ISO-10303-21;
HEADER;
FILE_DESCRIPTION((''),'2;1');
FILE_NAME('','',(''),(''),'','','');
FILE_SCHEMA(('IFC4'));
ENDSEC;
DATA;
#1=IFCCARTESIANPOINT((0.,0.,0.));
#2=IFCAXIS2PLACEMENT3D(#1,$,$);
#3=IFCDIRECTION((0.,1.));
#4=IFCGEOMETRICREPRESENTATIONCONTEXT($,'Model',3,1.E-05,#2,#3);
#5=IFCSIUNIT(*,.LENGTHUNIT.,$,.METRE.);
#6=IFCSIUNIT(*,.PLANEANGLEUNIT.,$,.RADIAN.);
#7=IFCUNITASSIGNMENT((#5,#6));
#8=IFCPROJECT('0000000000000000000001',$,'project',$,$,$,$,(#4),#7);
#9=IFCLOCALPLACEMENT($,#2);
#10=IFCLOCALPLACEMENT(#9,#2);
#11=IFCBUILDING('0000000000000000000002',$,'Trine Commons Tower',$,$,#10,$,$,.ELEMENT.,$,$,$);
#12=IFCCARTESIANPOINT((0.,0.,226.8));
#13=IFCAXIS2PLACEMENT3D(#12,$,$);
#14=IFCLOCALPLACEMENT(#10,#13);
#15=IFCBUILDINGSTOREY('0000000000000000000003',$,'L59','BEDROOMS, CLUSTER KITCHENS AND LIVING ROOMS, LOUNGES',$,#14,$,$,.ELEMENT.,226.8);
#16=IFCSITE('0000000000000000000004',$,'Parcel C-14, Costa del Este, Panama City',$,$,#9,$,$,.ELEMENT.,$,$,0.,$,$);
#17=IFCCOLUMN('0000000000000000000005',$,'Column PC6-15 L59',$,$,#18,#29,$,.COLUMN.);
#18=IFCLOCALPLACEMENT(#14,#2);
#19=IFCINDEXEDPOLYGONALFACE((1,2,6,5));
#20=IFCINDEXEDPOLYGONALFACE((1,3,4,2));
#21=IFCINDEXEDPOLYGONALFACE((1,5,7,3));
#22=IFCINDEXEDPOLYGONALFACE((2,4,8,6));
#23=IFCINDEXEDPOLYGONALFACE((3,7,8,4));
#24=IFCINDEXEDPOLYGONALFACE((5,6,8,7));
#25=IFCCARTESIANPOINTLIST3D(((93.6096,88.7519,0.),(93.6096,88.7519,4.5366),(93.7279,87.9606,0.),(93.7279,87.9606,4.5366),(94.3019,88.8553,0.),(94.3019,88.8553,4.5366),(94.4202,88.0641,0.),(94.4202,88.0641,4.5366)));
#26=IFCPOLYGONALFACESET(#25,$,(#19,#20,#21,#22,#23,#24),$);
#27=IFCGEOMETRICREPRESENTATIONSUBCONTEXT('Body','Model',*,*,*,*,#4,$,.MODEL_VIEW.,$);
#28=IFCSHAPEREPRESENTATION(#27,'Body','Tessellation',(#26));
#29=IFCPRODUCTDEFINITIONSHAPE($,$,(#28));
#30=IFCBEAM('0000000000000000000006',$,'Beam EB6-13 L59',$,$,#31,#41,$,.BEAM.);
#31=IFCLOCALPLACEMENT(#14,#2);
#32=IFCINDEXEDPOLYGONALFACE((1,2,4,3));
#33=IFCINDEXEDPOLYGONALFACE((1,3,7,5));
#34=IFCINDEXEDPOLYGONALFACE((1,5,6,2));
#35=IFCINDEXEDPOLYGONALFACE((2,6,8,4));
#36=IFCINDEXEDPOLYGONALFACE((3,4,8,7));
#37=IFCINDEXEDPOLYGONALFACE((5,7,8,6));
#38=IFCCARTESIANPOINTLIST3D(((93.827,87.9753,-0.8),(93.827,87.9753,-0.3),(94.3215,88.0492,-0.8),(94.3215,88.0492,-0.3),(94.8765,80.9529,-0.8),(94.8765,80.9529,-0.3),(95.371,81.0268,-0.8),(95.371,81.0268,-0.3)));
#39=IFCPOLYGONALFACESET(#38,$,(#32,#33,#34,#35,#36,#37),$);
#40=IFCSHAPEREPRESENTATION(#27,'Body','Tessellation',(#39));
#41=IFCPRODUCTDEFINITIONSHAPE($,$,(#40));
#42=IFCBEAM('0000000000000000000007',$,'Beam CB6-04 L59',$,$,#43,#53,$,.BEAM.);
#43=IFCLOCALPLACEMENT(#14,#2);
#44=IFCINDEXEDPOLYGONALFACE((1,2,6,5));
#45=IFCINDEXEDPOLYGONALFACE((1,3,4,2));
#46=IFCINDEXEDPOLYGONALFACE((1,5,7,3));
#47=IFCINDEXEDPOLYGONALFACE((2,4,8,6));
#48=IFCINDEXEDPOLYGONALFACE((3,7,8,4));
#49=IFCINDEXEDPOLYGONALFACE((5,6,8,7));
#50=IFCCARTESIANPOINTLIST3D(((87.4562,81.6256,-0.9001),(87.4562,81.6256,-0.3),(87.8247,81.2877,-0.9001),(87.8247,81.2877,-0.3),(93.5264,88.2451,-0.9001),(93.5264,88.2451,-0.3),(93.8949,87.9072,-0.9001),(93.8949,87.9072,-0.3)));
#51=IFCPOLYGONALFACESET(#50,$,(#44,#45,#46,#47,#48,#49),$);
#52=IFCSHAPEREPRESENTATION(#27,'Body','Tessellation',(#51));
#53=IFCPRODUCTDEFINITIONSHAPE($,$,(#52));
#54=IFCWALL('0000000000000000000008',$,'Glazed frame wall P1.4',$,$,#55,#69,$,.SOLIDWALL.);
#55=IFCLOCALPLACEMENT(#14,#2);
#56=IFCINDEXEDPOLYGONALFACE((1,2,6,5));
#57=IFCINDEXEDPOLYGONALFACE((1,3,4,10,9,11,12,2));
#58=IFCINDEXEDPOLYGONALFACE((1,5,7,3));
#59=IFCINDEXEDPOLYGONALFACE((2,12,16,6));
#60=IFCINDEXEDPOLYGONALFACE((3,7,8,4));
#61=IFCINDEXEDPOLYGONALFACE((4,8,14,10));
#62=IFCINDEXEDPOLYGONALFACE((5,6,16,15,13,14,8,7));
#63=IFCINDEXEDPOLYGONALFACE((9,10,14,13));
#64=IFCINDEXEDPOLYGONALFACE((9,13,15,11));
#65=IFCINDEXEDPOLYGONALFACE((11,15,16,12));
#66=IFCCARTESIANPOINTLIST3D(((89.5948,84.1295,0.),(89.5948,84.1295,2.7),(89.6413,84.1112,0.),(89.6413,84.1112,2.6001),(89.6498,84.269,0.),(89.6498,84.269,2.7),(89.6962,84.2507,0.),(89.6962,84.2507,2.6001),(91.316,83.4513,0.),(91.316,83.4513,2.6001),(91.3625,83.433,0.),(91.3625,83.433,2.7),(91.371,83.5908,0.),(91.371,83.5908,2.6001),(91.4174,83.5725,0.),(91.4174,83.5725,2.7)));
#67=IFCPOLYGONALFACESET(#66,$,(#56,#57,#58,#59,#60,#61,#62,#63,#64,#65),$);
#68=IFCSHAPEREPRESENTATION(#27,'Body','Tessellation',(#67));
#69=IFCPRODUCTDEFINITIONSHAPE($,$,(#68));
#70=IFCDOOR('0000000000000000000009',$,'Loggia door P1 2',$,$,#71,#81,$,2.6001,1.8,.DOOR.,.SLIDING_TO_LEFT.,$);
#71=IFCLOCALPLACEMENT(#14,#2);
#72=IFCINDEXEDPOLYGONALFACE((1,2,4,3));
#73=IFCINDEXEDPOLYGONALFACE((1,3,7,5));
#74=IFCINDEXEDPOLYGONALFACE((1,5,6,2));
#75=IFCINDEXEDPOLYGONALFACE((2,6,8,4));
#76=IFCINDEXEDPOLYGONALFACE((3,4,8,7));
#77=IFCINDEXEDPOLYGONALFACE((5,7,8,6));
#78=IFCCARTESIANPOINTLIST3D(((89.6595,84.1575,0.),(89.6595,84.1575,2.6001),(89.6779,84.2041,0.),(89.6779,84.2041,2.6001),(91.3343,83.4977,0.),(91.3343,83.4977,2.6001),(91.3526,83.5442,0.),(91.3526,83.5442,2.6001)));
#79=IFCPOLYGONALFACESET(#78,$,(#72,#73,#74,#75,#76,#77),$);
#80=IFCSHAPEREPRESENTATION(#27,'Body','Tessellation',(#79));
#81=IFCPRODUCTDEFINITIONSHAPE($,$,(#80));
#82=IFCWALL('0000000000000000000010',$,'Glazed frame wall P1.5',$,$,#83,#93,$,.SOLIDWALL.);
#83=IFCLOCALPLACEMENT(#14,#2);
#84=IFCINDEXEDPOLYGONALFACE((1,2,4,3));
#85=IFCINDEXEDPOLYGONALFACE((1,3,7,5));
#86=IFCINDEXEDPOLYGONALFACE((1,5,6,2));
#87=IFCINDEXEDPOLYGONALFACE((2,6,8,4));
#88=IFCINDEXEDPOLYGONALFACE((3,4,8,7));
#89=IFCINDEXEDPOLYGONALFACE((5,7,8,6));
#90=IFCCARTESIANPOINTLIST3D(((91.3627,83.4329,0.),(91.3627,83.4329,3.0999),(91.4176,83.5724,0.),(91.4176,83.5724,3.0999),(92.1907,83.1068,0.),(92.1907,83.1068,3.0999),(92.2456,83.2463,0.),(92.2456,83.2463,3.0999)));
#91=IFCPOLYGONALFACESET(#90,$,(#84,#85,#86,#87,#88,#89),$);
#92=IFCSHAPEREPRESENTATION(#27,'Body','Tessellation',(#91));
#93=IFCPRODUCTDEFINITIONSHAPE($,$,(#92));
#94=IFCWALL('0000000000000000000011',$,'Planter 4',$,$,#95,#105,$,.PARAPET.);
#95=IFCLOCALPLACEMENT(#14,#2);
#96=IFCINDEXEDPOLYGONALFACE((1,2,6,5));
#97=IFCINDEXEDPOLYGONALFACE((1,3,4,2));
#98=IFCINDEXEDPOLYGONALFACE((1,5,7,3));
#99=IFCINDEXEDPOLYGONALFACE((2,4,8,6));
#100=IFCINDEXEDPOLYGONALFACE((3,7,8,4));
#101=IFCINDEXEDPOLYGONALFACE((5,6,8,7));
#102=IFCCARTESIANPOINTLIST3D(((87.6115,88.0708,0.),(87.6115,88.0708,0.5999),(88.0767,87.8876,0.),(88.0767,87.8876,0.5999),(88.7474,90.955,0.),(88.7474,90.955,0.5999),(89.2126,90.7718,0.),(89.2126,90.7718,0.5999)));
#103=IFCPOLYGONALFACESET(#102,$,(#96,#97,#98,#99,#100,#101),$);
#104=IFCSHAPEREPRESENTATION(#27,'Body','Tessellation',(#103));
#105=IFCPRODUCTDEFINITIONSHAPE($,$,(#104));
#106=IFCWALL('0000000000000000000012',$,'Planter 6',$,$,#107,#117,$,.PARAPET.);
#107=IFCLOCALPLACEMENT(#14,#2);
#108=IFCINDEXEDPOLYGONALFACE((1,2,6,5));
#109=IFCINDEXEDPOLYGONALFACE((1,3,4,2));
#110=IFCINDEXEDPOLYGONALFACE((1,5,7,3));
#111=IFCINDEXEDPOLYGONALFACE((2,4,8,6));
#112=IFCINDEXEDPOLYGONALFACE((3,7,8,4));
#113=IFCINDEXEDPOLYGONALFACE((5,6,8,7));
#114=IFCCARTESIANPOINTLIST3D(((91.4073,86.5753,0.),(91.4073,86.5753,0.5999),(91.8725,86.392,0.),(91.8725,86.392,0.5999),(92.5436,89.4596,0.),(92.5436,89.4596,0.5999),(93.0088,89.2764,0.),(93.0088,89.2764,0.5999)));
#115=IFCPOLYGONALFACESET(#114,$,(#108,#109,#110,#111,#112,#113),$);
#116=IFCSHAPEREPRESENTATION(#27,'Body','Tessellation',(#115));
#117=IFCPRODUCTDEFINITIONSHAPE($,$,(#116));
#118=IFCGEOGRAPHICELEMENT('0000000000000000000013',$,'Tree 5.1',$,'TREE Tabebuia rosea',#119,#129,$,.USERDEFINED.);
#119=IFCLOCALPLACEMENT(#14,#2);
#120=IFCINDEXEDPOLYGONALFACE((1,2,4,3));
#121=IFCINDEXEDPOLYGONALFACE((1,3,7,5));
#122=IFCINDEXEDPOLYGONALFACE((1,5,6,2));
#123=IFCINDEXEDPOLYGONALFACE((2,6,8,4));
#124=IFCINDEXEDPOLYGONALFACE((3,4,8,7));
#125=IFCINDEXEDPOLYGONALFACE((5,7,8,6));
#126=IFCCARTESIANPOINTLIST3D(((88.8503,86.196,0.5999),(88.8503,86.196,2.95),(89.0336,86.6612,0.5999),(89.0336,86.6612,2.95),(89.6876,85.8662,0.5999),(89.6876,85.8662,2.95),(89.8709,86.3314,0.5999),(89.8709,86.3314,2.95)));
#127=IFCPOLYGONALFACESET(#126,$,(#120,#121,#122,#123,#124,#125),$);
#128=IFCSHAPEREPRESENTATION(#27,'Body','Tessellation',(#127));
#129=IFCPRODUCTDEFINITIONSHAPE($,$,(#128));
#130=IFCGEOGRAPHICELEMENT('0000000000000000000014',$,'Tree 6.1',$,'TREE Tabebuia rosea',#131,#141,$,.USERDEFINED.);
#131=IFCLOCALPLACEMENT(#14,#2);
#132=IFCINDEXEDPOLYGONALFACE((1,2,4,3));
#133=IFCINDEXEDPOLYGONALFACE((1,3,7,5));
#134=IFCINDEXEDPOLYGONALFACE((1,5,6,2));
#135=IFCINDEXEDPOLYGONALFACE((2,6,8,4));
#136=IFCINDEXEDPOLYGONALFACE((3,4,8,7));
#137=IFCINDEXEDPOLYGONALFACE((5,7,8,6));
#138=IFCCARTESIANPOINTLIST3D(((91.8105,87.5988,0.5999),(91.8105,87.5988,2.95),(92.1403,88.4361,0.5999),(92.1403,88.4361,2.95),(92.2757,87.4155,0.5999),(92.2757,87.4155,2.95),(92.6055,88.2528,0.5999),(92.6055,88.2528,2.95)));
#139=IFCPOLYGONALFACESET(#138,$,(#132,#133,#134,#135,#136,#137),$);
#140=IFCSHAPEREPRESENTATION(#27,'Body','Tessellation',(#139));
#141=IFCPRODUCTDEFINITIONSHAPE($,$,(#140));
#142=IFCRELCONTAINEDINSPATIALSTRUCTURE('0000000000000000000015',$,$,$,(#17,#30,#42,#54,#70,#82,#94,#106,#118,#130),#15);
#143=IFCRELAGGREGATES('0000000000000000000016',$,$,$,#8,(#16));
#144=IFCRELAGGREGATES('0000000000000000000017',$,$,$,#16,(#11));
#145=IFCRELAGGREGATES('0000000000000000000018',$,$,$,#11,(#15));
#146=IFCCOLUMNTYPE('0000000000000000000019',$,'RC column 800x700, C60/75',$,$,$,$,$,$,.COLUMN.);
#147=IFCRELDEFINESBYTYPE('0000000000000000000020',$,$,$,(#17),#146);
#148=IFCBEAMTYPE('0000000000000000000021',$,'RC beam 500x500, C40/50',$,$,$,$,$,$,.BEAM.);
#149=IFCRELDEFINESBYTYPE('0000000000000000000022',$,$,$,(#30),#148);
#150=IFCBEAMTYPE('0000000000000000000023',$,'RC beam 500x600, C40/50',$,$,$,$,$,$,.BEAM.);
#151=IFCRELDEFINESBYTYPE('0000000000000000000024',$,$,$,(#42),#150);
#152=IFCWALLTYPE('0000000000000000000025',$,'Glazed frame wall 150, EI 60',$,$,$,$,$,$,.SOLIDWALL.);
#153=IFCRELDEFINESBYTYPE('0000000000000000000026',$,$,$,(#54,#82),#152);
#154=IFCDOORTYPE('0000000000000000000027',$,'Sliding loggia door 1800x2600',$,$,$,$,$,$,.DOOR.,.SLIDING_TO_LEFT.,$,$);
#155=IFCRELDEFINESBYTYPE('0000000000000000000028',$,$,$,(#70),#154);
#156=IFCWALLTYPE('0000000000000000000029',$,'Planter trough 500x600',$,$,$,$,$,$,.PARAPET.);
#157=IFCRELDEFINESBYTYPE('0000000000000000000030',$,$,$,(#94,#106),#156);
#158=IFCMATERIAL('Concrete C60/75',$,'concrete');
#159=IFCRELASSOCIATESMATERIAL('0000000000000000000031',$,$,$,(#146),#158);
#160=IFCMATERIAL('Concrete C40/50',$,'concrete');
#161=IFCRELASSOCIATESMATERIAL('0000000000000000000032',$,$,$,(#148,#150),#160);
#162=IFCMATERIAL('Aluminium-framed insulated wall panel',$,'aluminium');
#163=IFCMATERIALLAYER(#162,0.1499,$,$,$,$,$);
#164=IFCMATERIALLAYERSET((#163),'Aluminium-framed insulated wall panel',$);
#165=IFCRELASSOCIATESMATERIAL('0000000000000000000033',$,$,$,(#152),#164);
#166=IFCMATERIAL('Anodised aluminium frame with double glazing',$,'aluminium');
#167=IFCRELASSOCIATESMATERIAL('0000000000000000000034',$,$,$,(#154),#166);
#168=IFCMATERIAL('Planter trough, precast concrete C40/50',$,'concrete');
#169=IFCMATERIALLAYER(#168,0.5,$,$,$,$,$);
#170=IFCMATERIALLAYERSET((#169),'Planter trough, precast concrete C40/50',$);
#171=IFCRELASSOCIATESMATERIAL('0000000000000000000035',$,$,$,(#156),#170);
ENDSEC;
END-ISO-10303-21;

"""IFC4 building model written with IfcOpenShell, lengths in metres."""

from ifc_helpers import new_model, si_unit, direction, frame, frame_2d, origin, origin_2d, place, context, subcontext, project, spatial, polyline, rectangle, outline, extrude, material, layer, layer_set, material_profile, profile_set, type_object, element, fill, save


model = new_model("IFC4")

# Units and contexts
model_context = context("Model", 3, precision=1e-05, world=origin(), true_north=direction((0.0, 1.0)))
body_context = subcontext(model_context, "Body", "Model", "MODEL_VIEW")
ifc_project = project(units=[si_unit("LENGTHUNIT", "METRE"), si_unit("PLANEANGLEUNIT", "RADIAN")], contexts=[model_context])

# Site, building, storey
site_placement = place(None, origin())
site = spatial("IfcSite", under=ifc_project, at=site_placement, Name="Parcel C-14, Costa del Este, Panama City", CompositionType="ELEMENT", RefElevation=0.0)
building_placement = place(site_placement, origin())
building = spatial("IfcBuilding", under=site, at=building_placement, Name="Trine Commons Tower", CompositionType="ELEMENT")
storey_placement = place(building_placement, frame((0.0, 0.0, 226.8)))
storey = spatial("IfcBuildingStorey", under=building, at=storey_placement, Name="L59", Description="BEDROOMS, CLUSTER KITCHENS AND LIVING ROOMS, LOUNGES", CompositionType="ELEMENT", Elevation=226.8)

# Column
ifc_material_1 = material(Name="Concrete C60/75", Category="concrete")
ifc_material_profile_1 = material_profile(ifc_material_1, rectangle(XDim=0.8, YDim=0.7, at=origin_2d()), Name="RC 800x700")
ifc_profile_set_1 = profile_set([ifc_material_profile_1], Name="Concrete C60/75")
column_type = type_object("IfcColumnType", Name="RC column 800x700, C60/75", PredefinedType="COLUMN", material=ifc_profile_set_1)
column_placement = place(storey_placement, frame((94.0149, 88.408, 0.0), z_axis=(0.0, 0.0, 1.0), x_axis=(-0.147809, 0.989016, 0.0)))
element("IfcColumn", 1, at=column_placement, inside=storey, type_object=column_type, Name="Column PC6-15 L59", PredefinedType="COLUMN", context=body_context, shape_type="SweptSolid", body=[
    extrude(rectangle(XDim=0.8, YDim=0.7, at=origin_2d()), origin(), (0.0, 0.0, 1.0), 4.5366),
])

# Beams
ifc_material_2 = material(Name="Concrete C40/50", Category="concrete")
ifc_material_profile_2 = material_profile(ifc_material_2, rectangle(XDim=0.5, YDim=0.5, at=origin_2d()), Name="RC 500x500")
ifc_profile_set_2 = profile_set([ifc_material_profile_2], Name="Concrete C40/50")
beam_type_1 = type_object("IfcBeamType", Name="RC beam 500x500, C40/50", PredefinedType="BEAM", material=ifc_profile_set_2)
beam_1_placement = place(storey_placement, frame((94.0742, 88.0122, -0.55), z_axis=(0.147816, -0.989015, 0.0), x_axis=(0.989015, 0.147816, 0.0)))
element("IfcBeam", 2, at=beam_1_placement, inside=storey, type_object=beam_type_1, Name="Beam EB6-13 L59", PredefinedType="BEAM", context=body_context, shape_type="SweptSolid", body=[
    extrude(rectangle(XDim=0.5, YDim=0.5, at=origin_2d()), origin(), (0.0, 0.0, 1.0), 7.1003),
])
ifc_material_profile_3 = material_profile(ifc_material_2, rectangle(XDim=0.5, YDim=0.6001, at=origin_2d()), Name="RC 500x600")
ifc_profile_set_3 = profile_set([ifc_material_profile_3], Name="Concrete C40/50")
beam_type_2 = type_object("IfcBeamType", Name="RC beam 500x600, C40/50", PredefinedType="BEAM", material=ifc_profile_set_3)
beam_2_placement = place(storey_placement, frame((93.7107, 88.0762, -0.6001), z_axis=(-0.675865, -0.737025, 0.0), x_axis=(0.737025, -0.675865, 0.0)))
element("IfcBeam", 3, at=beam_2_placement, inside=storey, type_object=beam_type_2, Name="Beam CB6-04 L59", PredefinedType="BEAM", context=body_context, shape_type="SweptSolid", body=[
    extrude(rectangle(XDim=0.5, YDim=0.6001, at=origin_2d()), origin(), (0.0, 0.0, 1.0), 8.9814),
])

# Wall, opening, door
ifc_material_3 = material(Name="Aluminium-framed insulated wall panel", Category="aluminium")
ifc_layer_1 = layer(ifc_material_3, 0.1499)
ifc_layer_set_1 = layer_set([ifc_layer_1], Name="Aluminium-framed insulated wall panel")
wall_type_1 = type_object("IfcWallType", Name="Glazed frame wall 150, EI 60", PredefinedType="SOLIDWALL", material=ifc_layer_set_1)
wall_1_placement = place(storey_placement, frame((89.6223, 84.1992, 0.0), z_axis=(0.0, 0.0, 1.0), x_axis=(0.930387, -0.366578, 0.0)))
wall_1 = element("IfcWall", 4, at=wall_1_placement, inside=storey, type_object=wall_type_1, Name="Glazed frame wall P1.4", PredefinedType="SOLIDWALL", context=body_context, shape_type="SweptSolid", body=[
    extrude(outline(polyline([(0.0, -0.075), (1.8999, -0.075), (1.8999, 0.075), (0.0, 0.075), (0.0, -0.075)])), origin(), (0.0, 0.0, 1.0), 2.7),
])
opening_1_placement = place(wall_1_placement, frame((0.05, 0.0, 0.0)))
opening_1 = element("IfcOpeningElement", 5, at=opening_1_placement, cuts=wall_1, PredefinedType="OPENING", context=body_context, shape_type="SweptSolid", body=[
    extrude(rectangle(XDim=1.8, YDim=2.6001, at=frame_2d((0.8999, 1.3))), frame((0.0, 0.085, 0.0), z_axis=(0.0, -1.0, 0.0), x_axis=(1.0, 0.0, 0.0)), (0.0, 0.0, 1.0), 0.1699),
])
ifc_material_4 = material(Name="Anodised aluminium frame with double glazing", Category="aluminium")
door_type = type_object("IfcDoorType", Name="Sliding loggia door 1800x2600", OperationType="SLIDING_TO_LEFT", PredefinedType="DOOR", material=ifc_material_4)
door_1_placement = place(opening_1_placement, origin())
door_1 = element("IfcDoor", 6, at=door_1_placement, inside=storey, type_object=door_type, Name="Loggia door P1 2", OperationType="SLIDING_TO_LEFT", OverallHeight=2.6001, OverallWidth=1.8, PredefinedType="DOOR", context=body_context, shape_type="SweptSolid", body=[
    extrude(rectangle(XDim=1.8, YDim=2.6001, at=frame_2d((0.8999, 1.3))), frame((0.0, 0.0249, 0.0), z_axis=(0.0, -1.0, 0.0), x_axis=(1.0, 0.0, 0.0)), (0.0, 0.0, 1.0), 0.05),
])
fill(opening_1, door_1)

# Wall
wall_2_placement = place(storey_placement, frame((91.3901, 83.5027, 0.0), z_axis=(0.0, 0.0, 1.0), x_axis=(0.930434, -0.36646, 0.0)))
element("IfcWall", 7, at=wall_2_placement, inside=storey, type_object=wall_type_1, Name="Glazed frame wall P1.5", PredefinedType="SOLIDWALL", context=body_context, shape_type="SweptSolid", body=[
    extrude(outline(polyline([(0.8899, 0.075), (0.0, 0.075), (0.0, -0.075), (0.8899, -0.075), (0.8899, 0.075)])), origin(), (0.0, 0.0, 1.0), 3.0999),
])

# Walls
ifc_material_5 = material(Name="Planter trough, precast concrete C40/50", Category="concrete")
ifc_layer_2 = layer(ifc_material_5, 0.5)
ifc_layer_set_2 = layer_set([ifc_layer_2], Name="Planter trough, precast concrete C40/50")
wall_type_2 = type_object("IfcWallType", Name="Planter trough 500x600", PredefinedType="PARAPET", material=ifc_layer_set_2)
wall_3_placement = place(storey_placement, frame((88.98, 90.8633, 0.0), z_axis=(0.0, 0.0, 1.0), x_axis=(-0.366456, -0.930435, 0.0)))
element("IfcWall", 8, at=wall_3_placement, inside=storey, type_object=wall_type_2, Name="Planter 4", PredefinedType="PARAPET", context=body_context, shape_type="SweptSolid", body=[
    extrude(rectangle(XDim=3.0999, YDim=0.5, at=frame_2d((1.5498, 0.0))), origin(), (0.0, 0.0, 1.0), 0.5999),
])
wall_4_placement = place(storey_placement, frame((91.6399, 86.4836, 0.0), z_axis=(0.0, 0.0, 1.0), x_axis=(0.366525, 0.930408, 0.0)))
element("IfcWall", 9, at=wall_4_placement, inside=storey, type_object=wall_type_2, Name="Planter 6", PredefinedType="PARAPET", context=body_context, shape_type="SweptSolid", body=[
    extrude(rectangle(XDim=3.1001, YDim=0.5, at=frame_2d((1.55, 0.0))), origin(), (0.0, 0.0, 1.0), 0.5999),
])

# Geographic elements
for number, where, z_axis, x_axis, name in (
    (10, (89.3606, 86.2637, 0.5999), (0.0, 0.0, 1.0), (0.930417, -0.366503, 0.0), "Tree 5.1"),
    (11, (92.208, 87.9258, 0.5999), (0.0, 0.0, 1.0), (0.366521, 0.93041, 0.0), "Tree 6.1"),
):
    element("IfcGeographicElement", number, at=place(storey_placement, frame(where, z_axis=z_axis, x_axis=x_axis)), inside=storey, Name=name, ObjectType="TREE Tabebuia rosea", PredefinedType="USERDEFINED", context=body_context, shape_type="SweptSolid", body=[
        extrude(rectangle(XDim=0.8999, YDim=0.5, at=origin_2d()), origin(), (0.0, 0.0, 1.0), 2.3501),
    ])

save(model, "model.ifc")
